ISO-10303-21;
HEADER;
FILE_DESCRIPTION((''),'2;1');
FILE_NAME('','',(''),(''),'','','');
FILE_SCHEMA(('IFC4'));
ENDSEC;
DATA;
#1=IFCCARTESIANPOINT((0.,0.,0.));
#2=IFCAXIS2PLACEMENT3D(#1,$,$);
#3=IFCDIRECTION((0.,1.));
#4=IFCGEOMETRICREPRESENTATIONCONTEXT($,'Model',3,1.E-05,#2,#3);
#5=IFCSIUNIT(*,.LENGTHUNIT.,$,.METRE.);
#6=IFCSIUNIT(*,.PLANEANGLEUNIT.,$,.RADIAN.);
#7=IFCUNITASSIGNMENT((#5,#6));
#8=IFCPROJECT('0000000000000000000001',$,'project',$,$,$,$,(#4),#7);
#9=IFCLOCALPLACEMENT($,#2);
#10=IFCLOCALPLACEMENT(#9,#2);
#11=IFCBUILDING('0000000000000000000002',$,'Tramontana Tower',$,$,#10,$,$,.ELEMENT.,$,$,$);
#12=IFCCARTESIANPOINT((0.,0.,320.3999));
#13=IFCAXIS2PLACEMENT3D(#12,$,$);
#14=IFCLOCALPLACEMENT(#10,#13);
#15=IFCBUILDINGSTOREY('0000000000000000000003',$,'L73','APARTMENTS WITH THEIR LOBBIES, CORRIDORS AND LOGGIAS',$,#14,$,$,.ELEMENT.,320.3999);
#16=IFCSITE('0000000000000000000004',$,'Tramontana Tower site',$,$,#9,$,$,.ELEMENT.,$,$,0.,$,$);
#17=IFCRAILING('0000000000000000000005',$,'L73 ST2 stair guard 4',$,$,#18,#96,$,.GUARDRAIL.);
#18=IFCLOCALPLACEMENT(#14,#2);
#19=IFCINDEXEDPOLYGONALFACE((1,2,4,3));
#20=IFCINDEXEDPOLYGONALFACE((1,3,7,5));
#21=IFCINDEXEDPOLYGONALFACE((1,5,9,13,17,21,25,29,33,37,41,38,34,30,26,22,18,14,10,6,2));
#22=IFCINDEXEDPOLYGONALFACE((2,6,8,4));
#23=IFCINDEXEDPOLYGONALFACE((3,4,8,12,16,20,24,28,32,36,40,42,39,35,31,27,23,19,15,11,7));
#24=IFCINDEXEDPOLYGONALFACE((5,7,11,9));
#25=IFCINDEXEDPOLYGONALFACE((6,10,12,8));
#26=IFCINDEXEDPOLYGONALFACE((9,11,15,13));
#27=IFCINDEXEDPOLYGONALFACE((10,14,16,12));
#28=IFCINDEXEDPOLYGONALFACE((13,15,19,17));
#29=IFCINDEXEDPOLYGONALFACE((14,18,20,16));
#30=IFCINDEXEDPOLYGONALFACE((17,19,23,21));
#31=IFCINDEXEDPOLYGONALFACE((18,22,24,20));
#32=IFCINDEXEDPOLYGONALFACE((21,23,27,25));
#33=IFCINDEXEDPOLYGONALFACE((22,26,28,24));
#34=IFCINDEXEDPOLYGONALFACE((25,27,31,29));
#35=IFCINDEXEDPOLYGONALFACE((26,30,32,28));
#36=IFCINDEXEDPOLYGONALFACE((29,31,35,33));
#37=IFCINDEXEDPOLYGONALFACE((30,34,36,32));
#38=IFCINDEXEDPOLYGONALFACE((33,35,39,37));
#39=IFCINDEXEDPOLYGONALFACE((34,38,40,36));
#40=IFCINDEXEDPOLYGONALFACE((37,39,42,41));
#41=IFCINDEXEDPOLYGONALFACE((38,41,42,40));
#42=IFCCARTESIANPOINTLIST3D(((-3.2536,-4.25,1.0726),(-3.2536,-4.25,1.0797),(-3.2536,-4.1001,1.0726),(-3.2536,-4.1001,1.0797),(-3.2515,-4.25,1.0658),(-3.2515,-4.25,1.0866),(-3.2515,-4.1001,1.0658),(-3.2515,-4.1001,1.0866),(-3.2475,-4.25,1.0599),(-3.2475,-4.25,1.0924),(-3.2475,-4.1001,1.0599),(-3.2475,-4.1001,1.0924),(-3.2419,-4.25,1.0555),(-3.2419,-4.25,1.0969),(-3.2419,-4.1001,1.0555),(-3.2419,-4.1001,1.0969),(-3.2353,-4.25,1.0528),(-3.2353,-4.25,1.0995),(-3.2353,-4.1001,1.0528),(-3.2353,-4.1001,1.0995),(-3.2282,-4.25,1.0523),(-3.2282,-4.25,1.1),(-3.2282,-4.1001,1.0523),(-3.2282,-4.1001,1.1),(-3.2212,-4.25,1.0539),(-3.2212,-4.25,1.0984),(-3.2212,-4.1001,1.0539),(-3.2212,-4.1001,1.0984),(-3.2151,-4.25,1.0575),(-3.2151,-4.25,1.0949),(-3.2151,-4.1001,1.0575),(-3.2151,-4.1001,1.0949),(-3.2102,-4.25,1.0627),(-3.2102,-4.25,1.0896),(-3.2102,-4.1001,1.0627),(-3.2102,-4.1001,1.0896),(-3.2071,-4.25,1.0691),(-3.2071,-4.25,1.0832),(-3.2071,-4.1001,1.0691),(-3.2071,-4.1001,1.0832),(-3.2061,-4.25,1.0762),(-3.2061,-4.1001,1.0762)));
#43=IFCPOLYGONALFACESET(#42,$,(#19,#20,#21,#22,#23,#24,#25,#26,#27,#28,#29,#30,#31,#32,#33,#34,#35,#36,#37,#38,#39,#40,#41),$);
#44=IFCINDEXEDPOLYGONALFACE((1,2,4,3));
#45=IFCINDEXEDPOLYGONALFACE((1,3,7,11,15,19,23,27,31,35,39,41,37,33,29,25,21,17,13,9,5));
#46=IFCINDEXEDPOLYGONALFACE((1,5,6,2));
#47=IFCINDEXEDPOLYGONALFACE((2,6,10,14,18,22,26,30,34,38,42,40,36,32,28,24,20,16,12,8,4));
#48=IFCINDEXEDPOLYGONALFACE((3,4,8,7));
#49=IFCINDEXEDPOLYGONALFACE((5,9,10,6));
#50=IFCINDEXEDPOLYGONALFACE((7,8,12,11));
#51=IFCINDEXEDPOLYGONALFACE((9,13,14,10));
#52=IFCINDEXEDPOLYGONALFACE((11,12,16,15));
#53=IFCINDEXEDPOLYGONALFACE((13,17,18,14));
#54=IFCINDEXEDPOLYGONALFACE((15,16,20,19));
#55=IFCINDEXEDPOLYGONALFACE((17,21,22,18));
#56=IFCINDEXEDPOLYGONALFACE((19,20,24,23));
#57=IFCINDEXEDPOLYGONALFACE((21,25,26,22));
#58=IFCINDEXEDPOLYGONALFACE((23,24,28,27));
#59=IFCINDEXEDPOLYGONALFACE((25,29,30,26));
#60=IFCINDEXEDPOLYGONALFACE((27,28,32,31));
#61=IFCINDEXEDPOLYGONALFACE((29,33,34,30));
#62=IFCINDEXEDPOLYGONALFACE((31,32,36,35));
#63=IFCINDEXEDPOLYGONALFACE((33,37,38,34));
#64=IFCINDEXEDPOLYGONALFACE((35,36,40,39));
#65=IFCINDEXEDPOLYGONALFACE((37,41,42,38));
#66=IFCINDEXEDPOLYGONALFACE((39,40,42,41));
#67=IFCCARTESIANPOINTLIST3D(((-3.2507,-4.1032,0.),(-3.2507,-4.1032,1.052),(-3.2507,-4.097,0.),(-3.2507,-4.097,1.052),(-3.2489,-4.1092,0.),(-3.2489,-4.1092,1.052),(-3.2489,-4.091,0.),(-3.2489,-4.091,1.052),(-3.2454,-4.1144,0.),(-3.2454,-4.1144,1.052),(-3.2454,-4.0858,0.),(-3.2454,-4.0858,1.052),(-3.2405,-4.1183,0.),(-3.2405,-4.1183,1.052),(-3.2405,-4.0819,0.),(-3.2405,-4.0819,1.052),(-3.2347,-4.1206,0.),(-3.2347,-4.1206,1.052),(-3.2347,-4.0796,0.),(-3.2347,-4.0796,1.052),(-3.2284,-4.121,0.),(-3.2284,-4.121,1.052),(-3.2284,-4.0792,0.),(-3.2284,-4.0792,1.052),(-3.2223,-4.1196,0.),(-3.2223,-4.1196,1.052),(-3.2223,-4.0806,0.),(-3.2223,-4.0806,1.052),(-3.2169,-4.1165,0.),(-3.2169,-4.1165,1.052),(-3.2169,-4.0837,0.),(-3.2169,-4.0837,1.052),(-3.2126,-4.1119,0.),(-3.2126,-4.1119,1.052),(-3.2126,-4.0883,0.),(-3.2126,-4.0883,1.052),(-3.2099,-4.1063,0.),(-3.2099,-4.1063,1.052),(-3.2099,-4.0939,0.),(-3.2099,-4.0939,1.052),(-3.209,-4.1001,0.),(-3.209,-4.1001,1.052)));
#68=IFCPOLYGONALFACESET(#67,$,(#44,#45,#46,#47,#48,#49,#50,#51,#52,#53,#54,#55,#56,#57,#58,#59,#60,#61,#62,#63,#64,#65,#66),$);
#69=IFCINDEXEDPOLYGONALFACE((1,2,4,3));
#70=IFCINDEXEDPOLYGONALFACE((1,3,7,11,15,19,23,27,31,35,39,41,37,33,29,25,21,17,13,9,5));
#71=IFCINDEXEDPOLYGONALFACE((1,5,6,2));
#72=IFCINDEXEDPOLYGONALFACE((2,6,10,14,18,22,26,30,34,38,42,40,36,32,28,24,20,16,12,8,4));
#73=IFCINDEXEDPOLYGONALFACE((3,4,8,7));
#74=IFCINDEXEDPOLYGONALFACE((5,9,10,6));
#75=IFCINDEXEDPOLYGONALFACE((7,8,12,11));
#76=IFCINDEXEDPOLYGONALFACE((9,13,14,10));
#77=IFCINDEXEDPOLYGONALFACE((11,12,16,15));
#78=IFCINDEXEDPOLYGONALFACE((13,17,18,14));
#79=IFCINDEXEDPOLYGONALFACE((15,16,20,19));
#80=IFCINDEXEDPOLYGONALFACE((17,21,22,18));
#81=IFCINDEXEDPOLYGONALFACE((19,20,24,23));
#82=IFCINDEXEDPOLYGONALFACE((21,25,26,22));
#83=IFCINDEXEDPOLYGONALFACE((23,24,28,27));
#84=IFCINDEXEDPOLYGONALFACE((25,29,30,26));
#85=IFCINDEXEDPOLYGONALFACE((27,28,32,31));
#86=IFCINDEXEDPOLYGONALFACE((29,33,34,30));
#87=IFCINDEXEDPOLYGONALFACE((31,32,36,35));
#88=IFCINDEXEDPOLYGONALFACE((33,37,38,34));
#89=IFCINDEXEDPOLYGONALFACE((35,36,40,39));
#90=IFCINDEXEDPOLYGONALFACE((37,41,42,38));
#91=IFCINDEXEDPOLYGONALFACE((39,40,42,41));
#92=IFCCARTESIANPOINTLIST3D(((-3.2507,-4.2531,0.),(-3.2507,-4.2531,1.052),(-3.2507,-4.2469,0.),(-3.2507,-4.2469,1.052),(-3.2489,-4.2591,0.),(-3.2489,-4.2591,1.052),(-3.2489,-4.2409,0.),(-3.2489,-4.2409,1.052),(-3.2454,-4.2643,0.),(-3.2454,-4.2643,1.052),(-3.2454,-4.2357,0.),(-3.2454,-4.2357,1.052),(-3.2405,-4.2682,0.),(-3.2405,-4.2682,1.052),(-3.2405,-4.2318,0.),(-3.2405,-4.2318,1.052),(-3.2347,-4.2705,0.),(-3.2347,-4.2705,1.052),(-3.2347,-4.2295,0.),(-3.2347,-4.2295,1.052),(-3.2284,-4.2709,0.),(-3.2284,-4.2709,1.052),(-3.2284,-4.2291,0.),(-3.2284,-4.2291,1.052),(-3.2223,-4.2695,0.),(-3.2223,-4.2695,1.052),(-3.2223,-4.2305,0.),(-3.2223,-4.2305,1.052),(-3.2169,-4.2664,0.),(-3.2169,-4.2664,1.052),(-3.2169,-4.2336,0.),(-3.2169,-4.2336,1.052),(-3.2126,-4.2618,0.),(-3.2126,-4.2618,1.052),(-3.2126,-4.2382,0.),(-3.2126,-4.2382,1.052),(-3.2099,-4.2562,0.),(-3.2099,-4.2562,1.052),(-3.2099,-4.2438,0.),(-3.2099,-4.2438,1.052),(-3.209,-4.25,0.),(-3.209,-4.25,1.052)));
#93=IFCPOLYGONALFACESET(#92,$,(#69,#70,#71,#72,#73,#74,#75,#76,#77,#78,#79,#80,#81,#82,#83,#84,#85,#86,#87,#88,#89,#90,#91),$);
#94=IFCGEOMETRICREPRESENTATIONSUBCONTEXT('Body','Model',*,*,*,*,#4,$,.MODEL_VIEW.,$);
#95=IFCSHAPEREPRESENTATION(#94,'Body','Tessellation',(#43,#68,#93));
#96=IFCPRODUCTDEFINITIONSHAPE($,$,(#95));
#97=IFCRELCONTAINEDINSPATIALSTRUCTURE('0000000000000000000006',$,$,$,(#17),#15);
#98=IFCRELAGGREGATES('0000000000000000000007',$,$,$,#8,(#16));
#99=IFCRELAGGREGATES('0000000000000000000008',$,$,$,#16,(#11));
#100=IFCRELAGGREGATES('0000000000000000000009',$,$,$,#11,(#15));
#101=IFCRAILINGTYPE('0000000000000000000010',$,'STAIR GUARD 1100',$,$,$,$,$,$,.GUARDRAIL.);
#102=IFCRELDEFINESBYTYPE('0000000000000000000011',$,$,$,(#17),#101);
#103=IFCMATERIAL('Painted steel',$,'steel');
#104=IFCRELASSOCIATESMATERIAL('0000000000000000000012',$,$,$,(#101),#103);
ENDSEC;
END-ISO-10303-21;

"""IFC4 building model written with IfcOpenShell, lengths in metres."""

from ifc_helpers import new_model, si_unit, direction, frame, origin, origin_2d, place, context, subcontext, project, spatial, circle, extrude, material, type_object, element, save


model = new_model("IFC4")

# Units and contexts
model_context = context("Model", 3, precision=1e-05, world=origin(), true_north=direction((0.0, 1.0)))
body_context = subcontext(model_context, "Body", "Model", "MODEL_VIEW")
ifc_project = project(units=[si_unit("LENGTHUNIT", "METRE"), si_unit("PLANEANGLEUNIT", "RADIAN")], contexts=[model_context])

# Site, building, storey
site_placement = place(None, origin())
site = spatial("IfcSite", under=ifc_project, at=site_placement, Name="Tramontana Tower site", CompositionType="ELEMENT", RefElevation=0.0)
building_placement = place(site_placement, origin())
building = spatial("IfcBuilding", under=site, at=building_placement, Name="Tramontana Tower", CompositionType="ELEMENT")
storey_placement = place(building_placement, frame((0.0, 0.0, 320.3999)))
storey = spatial("IfcBuildingStorey", under=building, at=storey_placement, Name="L73", Description="APARTMENTS WITH THEIR LOBBIES, CORRIDORS AND LOGGIAS", CompositionType="ELEMENT", Elevation=320.3999)

# Railing
ifc_material_1 = material(Name="Painted steel", Category="steel")
railing_type_1 = type_object("IfcRailingType", Name="STAIR GUARD 1100", PredefinedType="GUARDRAIL", material=ifc_material_1)
railing_1_placement = place(storey_placement, frame((-3.23, -4.1001, 0.0)))
element("IfcRailing", 1, at=railing_1_placement, inside=storey, type_object=railing_type_1, Name="L73 ST2 stair guard 4", PredefinedType="GUARDRAIL", context=body_context, shape_type="SweptSolid", body=[
    extrude(circle(Radius=0.0239, at=origin_2d()), frame((0.0, 0.0, 1.0762), z_axis=(0.0, -1.0, 0.0), x_axis=(1.0, 0.0, 0.0)), (0.0, 0.0, 1.0), 0.1499),
    extrude(circle(Radius=0.021, at=origin_2d()), origin(), (0.0, 0.0, 1.0), 1.052),
    extrude(circle(Radius=0.021, at=origin_2d()), frame((0.0, -0.1499, 0.0)), (0.0, 0.0, 1.0), 1.052),
])

save(model, "model.ifc")
